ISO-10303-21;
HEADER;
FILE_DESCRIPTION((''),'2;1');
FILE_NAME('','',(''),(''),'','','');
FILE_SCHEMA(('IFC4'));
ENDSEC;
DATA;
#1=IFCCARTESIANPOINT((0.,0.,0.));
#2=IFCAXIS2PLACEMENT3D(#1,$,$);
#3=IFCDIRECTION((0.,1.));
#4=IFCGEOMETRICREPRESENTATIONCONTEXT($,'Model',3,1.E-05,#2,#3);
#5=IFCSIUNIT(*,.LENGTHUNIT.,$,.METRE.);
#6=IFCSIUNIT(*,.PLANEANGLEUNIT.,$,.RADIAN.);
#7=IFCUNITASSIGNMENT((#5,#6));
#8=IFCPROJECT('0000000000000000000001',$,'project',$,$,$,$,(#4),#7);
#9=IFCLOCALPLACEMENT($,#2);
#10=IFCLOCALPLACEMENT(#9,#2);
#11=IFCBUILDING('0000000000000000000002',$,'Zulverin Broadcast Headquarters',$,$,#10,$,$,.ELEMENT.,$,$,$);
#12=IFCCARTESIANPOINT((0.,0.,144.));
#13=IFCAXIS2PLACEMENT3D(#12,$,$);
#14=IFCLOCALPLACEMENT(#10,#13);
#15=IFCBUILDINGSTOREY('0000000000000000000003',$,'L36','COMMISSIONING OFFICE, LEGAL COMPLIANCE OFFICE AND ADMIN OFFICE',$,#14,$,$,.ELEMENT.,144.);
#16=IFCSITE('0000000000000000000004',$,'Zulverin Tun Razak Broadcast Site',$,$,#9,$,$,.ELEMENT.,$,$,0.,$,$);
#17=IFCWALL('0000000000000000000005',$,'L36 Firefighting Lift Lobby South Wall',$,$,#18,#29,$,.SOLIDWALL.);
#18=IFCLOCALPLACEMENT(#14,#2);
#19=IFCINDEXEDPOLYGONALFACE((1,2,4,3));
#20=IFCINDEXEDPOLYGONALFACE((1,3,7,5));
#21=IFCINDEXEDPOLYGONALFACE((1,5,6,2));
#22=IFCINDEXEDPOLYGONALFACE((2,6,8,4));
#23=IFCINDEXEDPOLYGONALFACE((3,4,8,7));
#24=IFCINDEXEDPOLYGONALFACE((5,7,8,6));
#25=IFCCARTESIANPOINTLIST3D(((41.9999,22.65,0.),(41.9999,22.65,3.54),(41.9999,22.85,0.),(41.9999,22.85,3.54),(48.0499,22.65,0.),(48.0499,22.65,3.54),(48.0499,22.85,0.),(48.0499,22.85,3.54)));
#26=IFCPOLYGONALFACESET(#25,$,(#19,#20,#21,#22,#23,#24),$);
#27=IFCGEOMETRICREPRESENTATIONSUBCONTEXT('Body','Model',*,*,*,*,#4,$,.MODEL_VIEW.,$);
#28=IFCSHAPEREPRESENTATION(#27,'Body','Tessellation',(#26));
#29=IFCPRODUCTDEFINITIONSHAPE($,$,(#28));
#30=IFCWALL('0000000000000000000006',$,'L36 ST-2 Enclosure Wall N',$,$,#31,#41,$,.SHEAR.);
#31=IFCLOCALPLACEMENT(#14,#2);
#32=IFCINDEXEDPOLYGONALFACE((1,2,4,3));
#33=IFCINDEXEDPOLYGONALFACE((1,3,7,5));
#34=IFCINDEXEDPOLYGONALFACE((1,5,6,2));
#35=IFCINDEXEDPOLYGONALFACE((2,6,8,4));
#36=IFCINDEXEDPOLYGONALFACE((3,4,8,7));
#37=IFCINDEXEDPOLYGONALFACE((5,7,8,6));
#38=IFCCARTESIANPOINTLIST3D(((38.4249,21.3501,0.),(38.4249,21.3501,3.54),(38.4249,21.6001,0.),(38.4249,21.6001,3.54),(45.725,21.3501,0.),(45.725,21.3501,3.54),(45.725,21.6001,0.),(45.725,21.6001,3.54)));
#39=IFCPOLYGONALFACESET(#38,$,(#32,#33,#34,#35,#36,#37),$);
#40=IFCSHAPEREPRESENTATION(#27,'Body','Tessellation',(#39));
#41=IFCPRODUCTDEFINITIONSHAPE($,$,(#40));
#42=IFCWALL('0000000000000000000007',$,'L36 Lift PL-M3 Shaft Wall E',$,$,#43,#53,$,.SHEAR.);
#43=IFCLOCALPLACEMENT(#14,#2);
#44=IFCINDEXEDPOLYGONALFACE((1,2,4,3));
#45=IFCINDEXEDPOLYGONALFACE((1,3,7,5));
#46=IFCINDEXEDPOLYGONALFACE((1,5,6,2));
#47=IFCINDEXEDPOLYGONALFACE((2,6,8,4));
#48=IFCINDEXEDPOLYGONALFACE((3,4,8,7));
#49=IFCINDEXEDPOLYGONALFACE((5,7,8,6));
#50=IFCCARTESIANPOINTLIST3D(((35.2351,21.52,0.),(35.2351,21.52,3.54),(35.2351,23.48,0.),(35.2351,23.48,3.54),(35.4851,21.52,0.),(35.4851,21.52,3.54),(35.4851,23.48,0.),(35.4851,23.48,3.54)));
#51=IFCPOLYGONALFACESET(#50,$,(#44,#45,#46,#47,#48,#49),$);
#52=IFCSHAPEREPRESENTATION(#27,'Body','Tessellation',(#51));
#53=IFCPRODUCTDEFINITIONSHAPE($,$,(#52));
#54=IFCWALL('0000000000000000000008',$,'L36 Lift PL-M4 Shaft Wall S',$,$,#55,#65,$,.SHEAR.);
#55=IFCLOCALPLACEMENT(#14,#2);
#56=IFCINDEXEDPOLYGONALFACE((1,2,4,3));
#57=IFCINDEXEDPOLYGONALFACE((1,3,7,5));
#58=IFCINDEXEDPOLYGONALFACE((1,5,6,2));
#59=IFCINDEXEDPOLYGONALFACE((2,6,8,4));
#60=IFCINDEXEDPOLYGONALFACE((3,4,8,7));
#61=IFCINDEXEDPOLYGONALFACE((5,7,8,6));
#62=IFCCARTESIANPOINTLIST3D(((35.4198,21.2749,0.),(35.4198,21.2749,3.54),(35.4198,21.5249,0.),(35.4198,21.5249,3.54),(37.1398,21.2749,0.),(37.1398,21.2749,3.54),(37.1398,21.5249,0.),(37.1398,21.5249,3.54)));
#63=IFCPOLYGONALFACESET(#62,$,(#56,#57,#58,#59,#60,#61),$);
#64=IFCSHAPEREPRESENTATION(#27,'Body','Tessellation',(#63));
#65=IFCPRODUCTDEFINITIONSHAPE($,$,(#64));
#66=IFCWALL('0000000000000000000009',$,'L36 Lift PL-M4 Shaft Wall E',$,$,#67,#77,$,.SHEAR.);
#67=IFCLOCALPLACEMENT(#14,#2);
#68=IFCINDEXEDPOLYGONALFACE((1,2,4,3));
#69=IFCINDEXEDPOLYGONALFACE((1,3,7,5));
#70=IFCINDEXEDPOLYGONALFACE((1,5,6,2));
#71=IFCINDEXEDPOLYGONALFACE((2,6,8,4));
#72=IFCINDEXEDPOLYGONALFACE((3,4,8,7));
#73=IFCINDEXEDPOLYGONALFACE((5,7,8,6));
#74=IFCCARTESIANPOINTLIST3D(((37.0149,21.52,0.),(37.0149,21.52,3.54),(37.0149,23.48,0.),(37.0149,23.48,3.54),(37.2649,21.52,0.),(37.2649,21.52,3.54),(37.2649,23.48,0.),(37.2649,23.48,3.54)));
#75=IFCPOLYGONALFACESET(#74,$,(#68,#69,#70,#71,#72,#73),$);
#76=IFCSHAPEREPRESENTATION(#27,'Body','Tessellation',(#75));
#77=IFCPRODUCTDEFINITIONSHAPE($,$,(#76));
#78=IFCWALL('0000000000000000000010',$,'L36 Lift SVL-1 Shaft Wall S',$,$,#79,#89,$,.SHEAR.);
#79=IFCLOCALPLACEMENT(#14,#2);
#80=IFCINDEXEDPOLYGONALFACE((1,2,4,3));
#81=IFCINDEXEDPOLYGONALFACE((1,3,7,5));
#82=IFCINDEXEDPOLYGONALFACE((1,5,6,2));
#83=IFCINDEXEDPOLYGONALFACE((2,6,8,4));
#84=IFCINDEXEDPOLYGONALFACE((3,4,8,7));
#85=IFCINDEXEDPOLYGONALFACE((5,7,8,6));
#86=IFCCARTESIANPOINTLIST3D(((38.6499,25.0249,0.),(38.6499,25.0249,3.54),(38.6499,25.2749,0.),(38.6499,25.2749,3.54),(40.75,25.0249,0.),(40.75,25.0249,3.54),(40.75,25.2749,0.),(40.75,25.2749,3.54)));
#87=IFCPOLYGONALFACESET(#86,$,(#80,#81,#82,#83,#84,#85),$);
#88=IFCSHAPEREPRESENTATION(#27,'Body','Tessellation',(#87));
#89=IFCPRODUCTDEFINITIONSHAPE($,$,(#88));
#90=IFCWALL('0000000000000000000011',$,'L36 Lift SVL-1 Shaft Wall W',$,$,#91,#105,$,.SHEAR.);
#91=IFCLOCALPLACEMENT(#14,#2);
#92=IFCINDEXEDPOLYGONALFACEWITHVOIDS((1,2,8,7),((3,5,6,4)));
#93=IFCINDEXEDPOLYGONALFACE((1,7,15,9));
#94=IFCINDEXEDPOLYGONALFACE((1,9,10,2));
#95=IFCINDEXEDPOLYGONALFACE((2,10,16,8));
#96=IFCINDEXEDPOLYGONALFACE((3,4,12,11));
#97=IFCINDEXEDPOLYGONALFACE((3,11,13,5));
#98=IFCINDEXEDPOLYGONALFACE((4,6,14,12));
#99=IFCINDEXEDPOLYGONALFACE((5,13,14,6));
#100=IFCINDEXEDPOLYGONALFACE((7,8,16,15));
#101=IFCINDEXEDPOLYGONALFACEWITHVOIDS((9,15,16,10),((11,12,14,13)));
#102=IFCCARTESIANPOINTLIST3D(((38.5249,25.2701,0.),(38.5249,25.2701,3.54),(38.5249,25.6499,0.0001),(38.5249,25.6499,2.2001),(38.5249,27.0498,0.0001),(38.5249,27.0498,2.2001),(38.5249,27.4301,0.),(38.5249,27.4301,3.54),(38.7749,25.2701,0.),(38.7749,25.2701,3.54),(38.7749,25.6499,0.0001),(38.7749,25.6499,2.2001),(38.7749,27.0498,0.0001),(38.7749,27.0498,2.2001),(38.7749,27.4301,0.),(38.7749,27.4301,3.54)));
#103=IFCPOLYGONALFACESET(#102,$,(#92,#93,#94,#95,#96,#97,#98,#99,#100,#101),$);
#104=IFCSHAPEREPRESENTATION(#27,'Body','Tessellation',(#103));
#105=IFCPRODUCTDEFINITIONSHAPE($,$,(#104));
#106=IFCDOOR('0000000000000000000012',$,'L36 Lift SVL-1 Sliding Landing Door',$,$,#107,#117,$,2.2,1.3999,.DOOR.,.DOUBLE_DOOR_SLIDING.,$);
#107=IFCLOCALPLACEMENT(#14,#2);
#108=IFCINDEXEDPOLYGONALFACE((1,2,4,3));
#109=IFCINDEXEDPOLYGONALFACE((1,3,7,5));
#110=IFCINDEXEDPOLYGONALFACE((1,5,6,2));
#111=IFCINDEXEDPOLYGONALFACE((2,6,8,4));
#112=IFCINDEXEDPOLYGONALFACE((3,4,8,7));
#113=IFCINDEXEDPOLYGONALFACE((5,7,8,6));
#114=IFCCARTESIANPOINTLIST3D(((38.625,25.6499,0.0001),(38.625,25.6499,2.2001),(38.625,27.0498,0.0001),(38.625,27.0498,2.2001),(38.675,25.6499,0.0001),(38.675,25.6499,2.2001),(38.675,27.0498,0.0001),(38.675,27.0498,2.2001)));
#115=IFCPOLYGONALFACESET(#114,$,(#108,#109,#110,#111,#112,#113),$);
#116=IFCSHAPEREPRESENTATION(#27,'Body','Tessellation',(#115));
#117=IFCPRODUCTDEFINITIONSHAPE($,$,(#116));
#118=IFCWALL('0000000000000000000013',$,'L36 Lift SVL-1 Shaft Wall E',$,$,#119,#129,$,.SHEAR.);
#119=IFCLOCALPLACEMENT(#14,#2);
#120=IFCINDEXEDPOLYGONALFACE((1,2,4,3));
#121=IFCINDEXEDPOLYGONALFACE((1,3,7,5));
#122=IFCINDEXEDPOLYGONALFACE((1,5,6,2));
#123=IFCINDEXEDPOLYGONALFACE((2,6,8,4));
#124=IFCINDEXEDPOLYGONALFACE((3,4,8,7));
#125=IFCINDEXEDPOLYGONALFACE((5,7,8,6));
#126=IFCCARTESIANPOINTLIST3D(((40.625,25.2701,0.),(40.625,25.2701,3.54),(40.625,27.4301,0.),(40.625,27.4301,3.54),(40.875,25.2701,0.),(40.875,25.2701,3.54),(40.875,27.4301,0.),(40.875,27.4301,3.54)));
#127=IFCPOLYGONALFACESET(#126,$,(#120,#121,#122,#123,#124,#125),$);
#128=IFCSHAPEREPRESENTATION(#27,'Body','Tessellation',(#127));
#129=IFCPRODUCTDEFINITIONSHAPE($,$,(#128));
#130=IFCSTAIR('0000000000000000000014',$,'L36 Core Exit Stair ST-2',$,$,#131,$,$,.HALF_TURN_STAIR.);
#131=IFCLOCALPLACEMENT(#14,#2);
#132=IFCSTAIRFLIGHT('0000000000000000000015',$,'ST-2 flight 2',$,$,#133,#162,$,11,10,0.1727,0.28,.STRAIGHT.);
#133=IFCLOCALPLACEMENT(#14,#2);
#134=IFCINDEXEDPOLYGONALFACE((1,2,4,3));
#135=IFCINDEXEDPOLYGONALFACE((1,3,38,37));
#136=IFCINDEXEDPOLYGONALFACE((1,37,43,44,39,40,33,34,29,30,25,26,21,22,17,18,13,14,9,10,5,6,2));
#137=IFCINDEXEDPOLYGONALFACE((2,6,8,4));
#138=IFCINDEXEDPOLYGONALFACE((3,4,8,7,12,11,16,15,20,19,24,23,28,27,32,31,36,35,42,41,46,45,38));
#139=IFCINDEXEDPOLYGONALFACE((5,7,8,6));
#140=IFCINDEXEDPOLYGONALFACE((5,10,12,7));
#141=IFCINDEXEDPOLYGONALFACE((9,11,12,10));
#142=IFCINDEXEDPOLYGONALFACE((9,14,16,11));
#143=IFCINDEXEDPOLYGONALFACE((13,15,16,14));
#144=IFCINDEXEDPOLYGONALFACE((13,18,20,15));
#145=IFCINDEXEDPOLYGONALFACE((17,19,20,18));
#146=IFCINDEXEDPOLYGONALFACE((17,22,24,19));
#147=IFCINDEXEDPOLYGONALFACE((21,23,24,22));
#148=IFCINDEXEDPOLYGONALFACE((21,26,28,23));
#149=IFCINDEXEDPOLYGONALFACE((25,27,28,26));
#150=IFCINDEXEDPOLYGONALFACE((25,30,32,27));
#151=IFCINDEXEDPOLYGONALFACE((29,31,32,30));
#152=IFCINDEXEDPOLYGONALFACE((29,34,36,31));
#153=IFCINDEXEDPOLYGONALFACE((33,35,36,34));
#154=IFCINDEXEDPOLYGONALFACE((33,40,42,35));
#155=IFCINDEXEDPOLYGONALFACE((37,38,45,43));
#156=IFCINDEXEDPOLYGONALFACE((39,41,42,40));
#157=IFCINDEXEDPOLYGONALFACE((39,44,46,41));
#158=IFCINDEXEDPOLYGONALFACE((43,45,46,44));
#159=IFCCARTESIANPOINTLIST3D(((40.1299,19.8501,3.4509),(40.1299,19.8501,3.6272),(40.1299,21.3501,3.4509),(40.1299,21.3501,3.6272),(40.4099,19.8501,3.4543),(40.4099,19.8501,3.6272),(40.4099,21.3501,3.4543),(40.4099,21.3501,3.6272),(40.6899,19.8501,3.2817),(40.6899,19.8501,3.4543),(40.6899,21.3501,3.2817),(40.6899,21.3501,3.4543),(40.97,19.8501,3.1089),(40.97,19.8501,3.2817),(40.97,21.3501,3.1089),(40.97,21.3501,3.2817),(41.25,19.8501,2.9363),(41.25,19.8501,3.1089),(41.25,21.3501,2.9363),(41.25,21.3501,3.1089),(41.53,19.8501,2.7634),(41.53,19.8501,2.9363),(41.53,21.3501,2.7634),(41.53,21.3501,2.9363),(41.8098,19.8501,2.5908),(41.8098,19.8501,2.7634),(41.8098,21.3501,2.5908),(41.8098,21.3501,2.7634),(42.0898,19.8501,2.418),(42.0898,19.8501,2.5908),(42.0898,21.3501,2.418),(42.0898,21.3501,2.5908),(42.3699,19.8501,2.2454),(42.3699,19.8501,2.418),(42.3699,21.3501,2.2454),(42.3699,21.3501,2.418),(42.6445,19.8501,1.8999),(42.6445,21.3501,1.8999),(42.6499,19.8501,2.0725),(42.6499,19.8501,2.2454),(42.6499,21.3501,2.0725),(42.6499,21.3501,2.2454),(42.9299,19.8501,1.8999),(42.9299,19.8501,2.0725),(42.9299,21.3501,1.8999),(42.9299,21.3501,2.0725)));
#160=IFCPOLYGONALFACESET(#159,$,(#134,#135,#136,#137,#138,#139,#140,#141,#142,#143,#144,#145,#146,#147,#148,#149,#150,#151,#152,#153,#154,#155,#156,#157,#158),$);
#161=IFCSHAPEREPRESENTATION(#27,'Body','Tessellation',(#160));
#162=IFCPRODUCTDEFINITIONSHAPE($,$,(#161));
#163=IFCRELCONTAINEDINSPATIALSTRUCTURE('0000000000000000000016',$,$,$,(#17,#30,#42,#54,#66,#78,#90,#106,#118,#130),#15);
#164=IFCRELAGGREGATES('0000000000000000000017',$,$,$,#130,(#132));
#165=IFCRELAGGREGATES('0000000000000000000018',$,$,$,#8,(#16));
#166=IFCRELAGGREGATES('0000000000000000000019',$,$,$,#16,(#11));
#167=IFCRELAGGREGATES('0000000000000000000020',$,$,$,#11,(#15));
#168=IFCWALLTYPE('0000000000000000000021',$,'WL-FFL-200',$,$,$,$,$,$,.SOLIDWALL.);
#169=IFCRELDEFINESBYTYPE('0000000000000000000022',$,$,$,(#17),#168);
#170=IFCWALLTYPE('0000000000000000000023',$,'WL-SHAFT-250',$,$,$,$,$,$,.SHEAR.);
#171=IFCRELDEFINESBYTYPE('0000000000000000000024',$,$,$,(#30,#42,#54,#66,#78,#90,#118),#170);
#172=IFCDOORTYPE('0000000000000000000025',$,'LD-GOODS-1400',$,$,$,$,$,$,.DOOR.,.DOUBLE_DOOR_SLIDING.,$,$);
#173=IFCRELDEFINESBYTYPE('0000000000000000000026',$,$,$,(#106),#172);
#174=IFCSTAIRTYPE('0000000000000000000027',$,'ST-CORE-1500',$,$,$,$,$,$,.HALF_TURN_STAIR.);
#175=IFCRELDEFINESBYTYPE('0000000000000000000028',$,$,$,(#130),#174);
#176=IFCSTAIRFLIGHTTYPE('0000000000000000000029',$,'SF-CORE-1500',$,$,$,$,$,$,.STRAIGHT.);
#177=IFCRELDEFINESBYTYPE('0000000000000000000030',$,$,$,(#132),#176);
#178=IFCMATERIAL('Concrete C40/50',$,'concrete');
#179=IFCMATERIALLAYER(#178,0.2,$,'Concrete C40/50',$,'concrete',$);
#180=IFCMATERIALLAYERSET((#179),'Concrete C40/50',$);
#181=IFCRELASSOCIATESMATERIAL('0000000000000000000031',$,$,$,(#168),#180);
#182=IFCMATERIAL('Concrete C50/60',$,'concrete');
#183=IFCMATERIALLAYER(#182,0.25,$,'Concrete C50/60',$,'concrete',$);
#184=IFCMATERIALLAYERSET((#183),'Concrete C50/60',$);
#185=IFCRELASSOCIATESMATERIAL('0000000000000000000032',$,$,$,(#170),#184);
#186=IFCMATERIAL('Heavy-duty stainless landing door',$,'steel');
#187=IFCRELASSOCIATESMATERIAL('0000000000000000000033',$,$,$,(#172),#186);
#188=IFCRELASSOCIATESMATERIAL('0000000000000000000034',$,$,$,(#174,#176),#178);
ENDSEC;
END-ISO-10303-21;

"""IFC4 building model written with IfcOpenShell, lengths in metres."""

from ifc_helpers import new_model, si_unit, direction, frame, frame_2d, origin, place, context, subcontext, project, spatial, polyline, rectangle, outline, extrude, material, layer, layer_set, type_object, element, fill, aggregate, save


model = new_model("IFC4")

# Units and contexts
model_context = context("Model", 3, precision=1e-05, world=origin(), true_north=direction((0.0, 1.0)))
body_context = subcontext(model_context, "Body", "Model", "MODEL_VIEW")
ifc_project = project(units=[si_unit("LENGTHUNIT", "METRE"), si_unit("PLANEANGLEUNIT", "RADIAN")], contexts=[model_context])

# Site, building, storey
site_placement = place(None, origin())
site = spatial("IfcSite", under=ifc_project, at=site_placement, Name="Zulverin Tun Razak Broadcast Site", CompositionType="ELEMENT", RefElevation=0.0)
building_placement = place(site_placement, origin())
building = spatial("IfcBuilding", under=site, at=building_placement, Name="Zulverin Broadcast Headquarters", CompositionType="ELEMENT")
storey_placement = place(building_placement, frame((0.0, 0.0, 144.0)))
storey = spatial("IfcBuildingStorey", under=building, at=storey_placement, Name="L36", Description="COMMISSIONING OFFICE, LEGAL COMPLIANCE OFFICE AND ADMIN OFFICE", CompositionType="ELEMENT", Elevation=144.0)

# Shared definitions
ifc_material_1 = material(Name="Concrete C40/50", Category="concrete")
ifc_layer_1 = layer(ifc_material_1, 0.2, Name="Concrete C40/50", Category="concrete")
ifc_layer_set_1 = layer_set([ifc_layer_1], Name="Concrete C40/50")
wall_type_1 = type_object("IfcWallType", Name="WL-FFL-200", PredefinedType="SOLIDWALL", material=ifc_layer_set_1)

# Wall
wall_1_placement = place(storey_placement, frame((42.0, 22.75, 0.0), z_axis=(0.0, 0.0, 1.0), x_axis=(1.0, 0.0, 0.0)))
element("IfcWall", 1, at=wall_1_placement, inside=storey, type_object=wall_type_1, Name="L36 Firefighting Lift Lobby South Wall", PredefinedType="SOLIDWALL", context=body_context, shape_type="SweptSolid", body=[
    extrude(rectangle(XDim=6.05, YDim=0.2, at=frame_2d((3.0249, 0.0))), origin(), (0.0, 0.0, 1.0), 3.54),
])

# Walls
ifc_material_2 = material(Name="Concrete C50/60", Category="concrete")
ifc_layer_2 = layer(ifc_material_2, 0.25, Name="Concrete C50/60", Category="concrete")
ifc_layer_set_2 = layer_set([ifc_layer_2], Name="Concrete C50/60")
wall_type_2 = type_object("IfcWallType", Name="WL-SHAFT-250", PredefinedType="SHEAR", material=ifc_layer_set_2)
wall_2_placement = place(storey_placement, frame((38.425, 21.4751, 0.0), z_axis=(0.0, 0.0, 1.0), x_axis=(1.0, 0.0, 0.0)))
element("IfcWall", 2, at=wall_2_placement, inside=storey, type_object=wall_type_2, Name="L36 ST-2 Enclosure Wall N", PredefinedType="SHEAR", context=body_context, shape_type="SweptSolid", body=[
    extrude(rectangle(XDim=7.3, YDim=0.25, at=frame_2d((3.6499, 0.0))), origin(), (0.0, 0.0, 1.0), 3.54),
])
wall_3_placement = place(storey_placement, frame((35.3601, 21.52, 0.0), z_axis=(0.0, 0.0, 1.0), x_axis=(0.0, 1.0, 0.0)))
element("IfcWall", 3, at=wall_3_placement, inside=storey, type_object=wall_type_2, Name="L36 Lift PL-M3 Shaft Wall E", PredefinedType="SHEAR", context=body_context, shape_type="SweptSolid", body=[
    extrude(rectangle(XDim=1.96, YDim=0.25, at=frame_2d((0.98, 0.0))), origin(), (0.0, 0.0, 1.0), 3.54),
])
wall_4_placement = place(storey_placement, frame((35.4199, 21.3999, 0.0), z_axis=(0.0, 0.0, 1.0), x_axis=(1.0, 0.0, 0.0)))
element("IfcWall", 4, at=wall_4_placement, inside=storey, type_object=wall_type_2, Name="L36 Lift PL-M4 Shaft Wall S", PredefinedType="SHEAR", context=body_context, shape_type="SweptSolid", body=[
    extrude(rectangle(XDim=1.72, YDim=0.25, at=frame_2d((0.8599, 0.0))), origin(), (0.0, 0.0, 1.0), 3.54),
])

# Wall
wall_5_placement = place(storey_placement, frame((37.1399, 21.52, 0.0), z_axis=(0.0, 0.0, 1.0), x_axis=(0.0, 1.0, 0.0)))
element("IfcWall", 5, at=wall_5_placement, inside=storey, type_object=wall_type_2, Name="L36 Lift PL-M4 Shaft Wall E", PredefinedType="SHEAR", context=body_context, shape_type="SweptSolid", body=[
    extrude(rectangle(XDim=1.96, YDim=0.25, at=frame_2d((0.98, 0.0))), origin(), (0.0, 0.0, 1.0), 3.54),
])

# Wall
wall_6_placement = place(storey_placement, frame((38.6499, 25.1499, 0.0), z_axis=(0.0, 0.0, 1.0), x_axis=(1.0, 0.0, 0.0)))
element("IfcWall", 6, at=wall_6_placement, inside=storey, type_object=wall_type_2, Name="L36 Lift SVL-1 Shaft Wall S", PredefinedType="SHEAR", context=body_context, shape_type="SweptSolid", body=[
    extrude(rectangle(XDim=2.1001, YDim=0.25, at=frame_2d((1.05, 0.0))), origin(), (0.0, 0.0, 1.0), 3.54),
])

# Wall, opening, door
wall_7_placement = place(storey_placement, frame((38.6499, 25.27, 0.0), z_axis=(0.0, 0.0, 1.0), x_axis=(0.0, 1.0, 0.0)))
wall_7 = element("IfcWall", 7, at=wall_7_placement, inside=storey, type_object=wall_type_2, Name="L36 Lift SVL-1 Shaft Wall W", PredefinedType="SHEAR", context=body_context, shape_type="SweptSolid", body=[
    extrude(rectangle(XDim=2.1599, YDim=0.25, at=frame_2d((1.0801, 0.0))), origin(), (0.0, 0.0, 1.0), 3.54),
])
opening_1_placement = place(wall_7_placement, frame((0.3799, 0.0, 0.0)))
opening_1 = element("IfcOpeningElement", 8, at=opening_1_placement, cuts=wall_7, PredefinedType="OPENING", context=body_context, shape_type="SweptSolid", body=[
    extrude(rectangle(XDim=1.3999, YDim=2.2, at=frame_2d((0.7, 1.1001))), frame((0.0, 0.135, 0.0), z_axis=(0.0, -1.0, 0.0), x_axis=(1.0, 0.0, 0.0)), (0.0, 0.0, 1.0), 0.27),
])
ifc_material_3 = material(Name="Heavy-duty stainless landing door", Category="steel")
door_type_1 = type_object("IfcDoorType", Name="LD-GOODS-1400", OperationType="DOUBLE_DOOR_SLIDING", PredefinedType="DOOR", material=ifc_material_3)
door_1_placement = place(opening_1_placement, origin())
door_1 = element("IfcDoor", 9, at=door_1_placement, inside=storey, type_object=door_type_1, Name="L36 Lift SVL-1 Sliding Landing Door", OperationType="DOUBLE_DOOR_SLIDING", OverallHeight=2.2, OverallWidth=1.3999, PredefinedType="DOOR", context=body_context, shape_type="SweptSolid", body=[
    extrude(rectangle(XDim=1.3999, YDim=2.2, at=frame_2d((0.7, 1.1001))), frame((0.0, 0.0249, 0.0), z_axis=(0.0, -1.0, 0.0), x_axis=(1.0, 0.0, 0.0)), (0.0, 0.0, 1.0), 0.05),
])
fill(opening_1, door_1)

# Wall
wall_8_placement = place(storey_placement, frame((40.75, 25.27, 0.0), z_axis=(0.0, 0.0, 1.0), x_axis=(0.0, 1.0, 0.0)))
element("IfcWall", 10, at=wall_8_placement, inside=storey, type_object=wall_type_2, Name="L36 Lift SVL-1 Shaft Wall E", PredefinedType="SHEAR", context=body_context, shape_type="SweptSolid", body=[
    extrude(rectangle(XDim=2.1599, YDim=0.25, at=frame_2d((1.0801, 0.0))), origin(), (0.0, 0.0, 1.0), 3.54),
])

# Stair, stair flight
stair_type = type_object("IfcStairType", Name="ST-CORE-1500", PredefinedType="HALF_TURN_STAIR", material=ifc_material_1)
stair_placement = place(storey_placement, origin())
stair = element("IfcStair", 11, at=stair_placement, inside=storey, type_object=stair_type, Name="L36 Core Exit Stair ST-2", PredefinedType="HALF_TURN_STAIR")
stair_flight_type = type_object("IfcStairFlightType", Name="SF-CORE-1500", PredefinedType="STRAIGHT", material=ifc_material_1)
stair_flight_placement = place(storey_placement, frame((42.9299, 20.6001, 1.8999), z_axis=(0.0, 0.0, 1.0), x_axis=(-1.0, 0.0, 0.0)))
stair_flight = element("IfcStairFlight", 12, at=stair_flight_placement, type_object=stair_flight_type, Name="ST-2 flight 2", NumberOfRisers=11, NumberOfTreads=10, PredefinedType="STRAIGHT", RiserHeight=0.1727, TreadLength=0.28, context=body_context, shape_type="SweptSolid", body=[
    extrude(outline(polyline([(0.0, 0.0), (0.0, 0.1726), (0.28, 0.1726), (0.28, 0.3455), (0.5601, 0.3455), (0.5601, 0.5181), (0.8401, 0.5181), (0.8401, 0.6909), (1.1201, 0.6909), (1.1201, 0.8635), (1.3999, 0.8635), (1.3999, 1.0364), (1.6799, 1.0364), (1.6799, 1.209), (1.96, 1.209), (1.96, 1.3818), (2.24, 1.3818), (2.24, 1.5544), (2.52, 1.5544), (2.52, 1.7273), (2.8, 1.7273), (2.8, 1.8999), (2.8, 1.551), (0.2854, 0.0), (0.0, 0.0)])), frame((0.0, 0.75, 0.0), z_axis=(0.0, -1.0, 0.0), x_axis=(1.0, 0.0, 0.0)), (0.0, 0.0, 1.0), 1.5),
])
aggregate(stair, [stair_flight])

save(model, "model.ifc")
